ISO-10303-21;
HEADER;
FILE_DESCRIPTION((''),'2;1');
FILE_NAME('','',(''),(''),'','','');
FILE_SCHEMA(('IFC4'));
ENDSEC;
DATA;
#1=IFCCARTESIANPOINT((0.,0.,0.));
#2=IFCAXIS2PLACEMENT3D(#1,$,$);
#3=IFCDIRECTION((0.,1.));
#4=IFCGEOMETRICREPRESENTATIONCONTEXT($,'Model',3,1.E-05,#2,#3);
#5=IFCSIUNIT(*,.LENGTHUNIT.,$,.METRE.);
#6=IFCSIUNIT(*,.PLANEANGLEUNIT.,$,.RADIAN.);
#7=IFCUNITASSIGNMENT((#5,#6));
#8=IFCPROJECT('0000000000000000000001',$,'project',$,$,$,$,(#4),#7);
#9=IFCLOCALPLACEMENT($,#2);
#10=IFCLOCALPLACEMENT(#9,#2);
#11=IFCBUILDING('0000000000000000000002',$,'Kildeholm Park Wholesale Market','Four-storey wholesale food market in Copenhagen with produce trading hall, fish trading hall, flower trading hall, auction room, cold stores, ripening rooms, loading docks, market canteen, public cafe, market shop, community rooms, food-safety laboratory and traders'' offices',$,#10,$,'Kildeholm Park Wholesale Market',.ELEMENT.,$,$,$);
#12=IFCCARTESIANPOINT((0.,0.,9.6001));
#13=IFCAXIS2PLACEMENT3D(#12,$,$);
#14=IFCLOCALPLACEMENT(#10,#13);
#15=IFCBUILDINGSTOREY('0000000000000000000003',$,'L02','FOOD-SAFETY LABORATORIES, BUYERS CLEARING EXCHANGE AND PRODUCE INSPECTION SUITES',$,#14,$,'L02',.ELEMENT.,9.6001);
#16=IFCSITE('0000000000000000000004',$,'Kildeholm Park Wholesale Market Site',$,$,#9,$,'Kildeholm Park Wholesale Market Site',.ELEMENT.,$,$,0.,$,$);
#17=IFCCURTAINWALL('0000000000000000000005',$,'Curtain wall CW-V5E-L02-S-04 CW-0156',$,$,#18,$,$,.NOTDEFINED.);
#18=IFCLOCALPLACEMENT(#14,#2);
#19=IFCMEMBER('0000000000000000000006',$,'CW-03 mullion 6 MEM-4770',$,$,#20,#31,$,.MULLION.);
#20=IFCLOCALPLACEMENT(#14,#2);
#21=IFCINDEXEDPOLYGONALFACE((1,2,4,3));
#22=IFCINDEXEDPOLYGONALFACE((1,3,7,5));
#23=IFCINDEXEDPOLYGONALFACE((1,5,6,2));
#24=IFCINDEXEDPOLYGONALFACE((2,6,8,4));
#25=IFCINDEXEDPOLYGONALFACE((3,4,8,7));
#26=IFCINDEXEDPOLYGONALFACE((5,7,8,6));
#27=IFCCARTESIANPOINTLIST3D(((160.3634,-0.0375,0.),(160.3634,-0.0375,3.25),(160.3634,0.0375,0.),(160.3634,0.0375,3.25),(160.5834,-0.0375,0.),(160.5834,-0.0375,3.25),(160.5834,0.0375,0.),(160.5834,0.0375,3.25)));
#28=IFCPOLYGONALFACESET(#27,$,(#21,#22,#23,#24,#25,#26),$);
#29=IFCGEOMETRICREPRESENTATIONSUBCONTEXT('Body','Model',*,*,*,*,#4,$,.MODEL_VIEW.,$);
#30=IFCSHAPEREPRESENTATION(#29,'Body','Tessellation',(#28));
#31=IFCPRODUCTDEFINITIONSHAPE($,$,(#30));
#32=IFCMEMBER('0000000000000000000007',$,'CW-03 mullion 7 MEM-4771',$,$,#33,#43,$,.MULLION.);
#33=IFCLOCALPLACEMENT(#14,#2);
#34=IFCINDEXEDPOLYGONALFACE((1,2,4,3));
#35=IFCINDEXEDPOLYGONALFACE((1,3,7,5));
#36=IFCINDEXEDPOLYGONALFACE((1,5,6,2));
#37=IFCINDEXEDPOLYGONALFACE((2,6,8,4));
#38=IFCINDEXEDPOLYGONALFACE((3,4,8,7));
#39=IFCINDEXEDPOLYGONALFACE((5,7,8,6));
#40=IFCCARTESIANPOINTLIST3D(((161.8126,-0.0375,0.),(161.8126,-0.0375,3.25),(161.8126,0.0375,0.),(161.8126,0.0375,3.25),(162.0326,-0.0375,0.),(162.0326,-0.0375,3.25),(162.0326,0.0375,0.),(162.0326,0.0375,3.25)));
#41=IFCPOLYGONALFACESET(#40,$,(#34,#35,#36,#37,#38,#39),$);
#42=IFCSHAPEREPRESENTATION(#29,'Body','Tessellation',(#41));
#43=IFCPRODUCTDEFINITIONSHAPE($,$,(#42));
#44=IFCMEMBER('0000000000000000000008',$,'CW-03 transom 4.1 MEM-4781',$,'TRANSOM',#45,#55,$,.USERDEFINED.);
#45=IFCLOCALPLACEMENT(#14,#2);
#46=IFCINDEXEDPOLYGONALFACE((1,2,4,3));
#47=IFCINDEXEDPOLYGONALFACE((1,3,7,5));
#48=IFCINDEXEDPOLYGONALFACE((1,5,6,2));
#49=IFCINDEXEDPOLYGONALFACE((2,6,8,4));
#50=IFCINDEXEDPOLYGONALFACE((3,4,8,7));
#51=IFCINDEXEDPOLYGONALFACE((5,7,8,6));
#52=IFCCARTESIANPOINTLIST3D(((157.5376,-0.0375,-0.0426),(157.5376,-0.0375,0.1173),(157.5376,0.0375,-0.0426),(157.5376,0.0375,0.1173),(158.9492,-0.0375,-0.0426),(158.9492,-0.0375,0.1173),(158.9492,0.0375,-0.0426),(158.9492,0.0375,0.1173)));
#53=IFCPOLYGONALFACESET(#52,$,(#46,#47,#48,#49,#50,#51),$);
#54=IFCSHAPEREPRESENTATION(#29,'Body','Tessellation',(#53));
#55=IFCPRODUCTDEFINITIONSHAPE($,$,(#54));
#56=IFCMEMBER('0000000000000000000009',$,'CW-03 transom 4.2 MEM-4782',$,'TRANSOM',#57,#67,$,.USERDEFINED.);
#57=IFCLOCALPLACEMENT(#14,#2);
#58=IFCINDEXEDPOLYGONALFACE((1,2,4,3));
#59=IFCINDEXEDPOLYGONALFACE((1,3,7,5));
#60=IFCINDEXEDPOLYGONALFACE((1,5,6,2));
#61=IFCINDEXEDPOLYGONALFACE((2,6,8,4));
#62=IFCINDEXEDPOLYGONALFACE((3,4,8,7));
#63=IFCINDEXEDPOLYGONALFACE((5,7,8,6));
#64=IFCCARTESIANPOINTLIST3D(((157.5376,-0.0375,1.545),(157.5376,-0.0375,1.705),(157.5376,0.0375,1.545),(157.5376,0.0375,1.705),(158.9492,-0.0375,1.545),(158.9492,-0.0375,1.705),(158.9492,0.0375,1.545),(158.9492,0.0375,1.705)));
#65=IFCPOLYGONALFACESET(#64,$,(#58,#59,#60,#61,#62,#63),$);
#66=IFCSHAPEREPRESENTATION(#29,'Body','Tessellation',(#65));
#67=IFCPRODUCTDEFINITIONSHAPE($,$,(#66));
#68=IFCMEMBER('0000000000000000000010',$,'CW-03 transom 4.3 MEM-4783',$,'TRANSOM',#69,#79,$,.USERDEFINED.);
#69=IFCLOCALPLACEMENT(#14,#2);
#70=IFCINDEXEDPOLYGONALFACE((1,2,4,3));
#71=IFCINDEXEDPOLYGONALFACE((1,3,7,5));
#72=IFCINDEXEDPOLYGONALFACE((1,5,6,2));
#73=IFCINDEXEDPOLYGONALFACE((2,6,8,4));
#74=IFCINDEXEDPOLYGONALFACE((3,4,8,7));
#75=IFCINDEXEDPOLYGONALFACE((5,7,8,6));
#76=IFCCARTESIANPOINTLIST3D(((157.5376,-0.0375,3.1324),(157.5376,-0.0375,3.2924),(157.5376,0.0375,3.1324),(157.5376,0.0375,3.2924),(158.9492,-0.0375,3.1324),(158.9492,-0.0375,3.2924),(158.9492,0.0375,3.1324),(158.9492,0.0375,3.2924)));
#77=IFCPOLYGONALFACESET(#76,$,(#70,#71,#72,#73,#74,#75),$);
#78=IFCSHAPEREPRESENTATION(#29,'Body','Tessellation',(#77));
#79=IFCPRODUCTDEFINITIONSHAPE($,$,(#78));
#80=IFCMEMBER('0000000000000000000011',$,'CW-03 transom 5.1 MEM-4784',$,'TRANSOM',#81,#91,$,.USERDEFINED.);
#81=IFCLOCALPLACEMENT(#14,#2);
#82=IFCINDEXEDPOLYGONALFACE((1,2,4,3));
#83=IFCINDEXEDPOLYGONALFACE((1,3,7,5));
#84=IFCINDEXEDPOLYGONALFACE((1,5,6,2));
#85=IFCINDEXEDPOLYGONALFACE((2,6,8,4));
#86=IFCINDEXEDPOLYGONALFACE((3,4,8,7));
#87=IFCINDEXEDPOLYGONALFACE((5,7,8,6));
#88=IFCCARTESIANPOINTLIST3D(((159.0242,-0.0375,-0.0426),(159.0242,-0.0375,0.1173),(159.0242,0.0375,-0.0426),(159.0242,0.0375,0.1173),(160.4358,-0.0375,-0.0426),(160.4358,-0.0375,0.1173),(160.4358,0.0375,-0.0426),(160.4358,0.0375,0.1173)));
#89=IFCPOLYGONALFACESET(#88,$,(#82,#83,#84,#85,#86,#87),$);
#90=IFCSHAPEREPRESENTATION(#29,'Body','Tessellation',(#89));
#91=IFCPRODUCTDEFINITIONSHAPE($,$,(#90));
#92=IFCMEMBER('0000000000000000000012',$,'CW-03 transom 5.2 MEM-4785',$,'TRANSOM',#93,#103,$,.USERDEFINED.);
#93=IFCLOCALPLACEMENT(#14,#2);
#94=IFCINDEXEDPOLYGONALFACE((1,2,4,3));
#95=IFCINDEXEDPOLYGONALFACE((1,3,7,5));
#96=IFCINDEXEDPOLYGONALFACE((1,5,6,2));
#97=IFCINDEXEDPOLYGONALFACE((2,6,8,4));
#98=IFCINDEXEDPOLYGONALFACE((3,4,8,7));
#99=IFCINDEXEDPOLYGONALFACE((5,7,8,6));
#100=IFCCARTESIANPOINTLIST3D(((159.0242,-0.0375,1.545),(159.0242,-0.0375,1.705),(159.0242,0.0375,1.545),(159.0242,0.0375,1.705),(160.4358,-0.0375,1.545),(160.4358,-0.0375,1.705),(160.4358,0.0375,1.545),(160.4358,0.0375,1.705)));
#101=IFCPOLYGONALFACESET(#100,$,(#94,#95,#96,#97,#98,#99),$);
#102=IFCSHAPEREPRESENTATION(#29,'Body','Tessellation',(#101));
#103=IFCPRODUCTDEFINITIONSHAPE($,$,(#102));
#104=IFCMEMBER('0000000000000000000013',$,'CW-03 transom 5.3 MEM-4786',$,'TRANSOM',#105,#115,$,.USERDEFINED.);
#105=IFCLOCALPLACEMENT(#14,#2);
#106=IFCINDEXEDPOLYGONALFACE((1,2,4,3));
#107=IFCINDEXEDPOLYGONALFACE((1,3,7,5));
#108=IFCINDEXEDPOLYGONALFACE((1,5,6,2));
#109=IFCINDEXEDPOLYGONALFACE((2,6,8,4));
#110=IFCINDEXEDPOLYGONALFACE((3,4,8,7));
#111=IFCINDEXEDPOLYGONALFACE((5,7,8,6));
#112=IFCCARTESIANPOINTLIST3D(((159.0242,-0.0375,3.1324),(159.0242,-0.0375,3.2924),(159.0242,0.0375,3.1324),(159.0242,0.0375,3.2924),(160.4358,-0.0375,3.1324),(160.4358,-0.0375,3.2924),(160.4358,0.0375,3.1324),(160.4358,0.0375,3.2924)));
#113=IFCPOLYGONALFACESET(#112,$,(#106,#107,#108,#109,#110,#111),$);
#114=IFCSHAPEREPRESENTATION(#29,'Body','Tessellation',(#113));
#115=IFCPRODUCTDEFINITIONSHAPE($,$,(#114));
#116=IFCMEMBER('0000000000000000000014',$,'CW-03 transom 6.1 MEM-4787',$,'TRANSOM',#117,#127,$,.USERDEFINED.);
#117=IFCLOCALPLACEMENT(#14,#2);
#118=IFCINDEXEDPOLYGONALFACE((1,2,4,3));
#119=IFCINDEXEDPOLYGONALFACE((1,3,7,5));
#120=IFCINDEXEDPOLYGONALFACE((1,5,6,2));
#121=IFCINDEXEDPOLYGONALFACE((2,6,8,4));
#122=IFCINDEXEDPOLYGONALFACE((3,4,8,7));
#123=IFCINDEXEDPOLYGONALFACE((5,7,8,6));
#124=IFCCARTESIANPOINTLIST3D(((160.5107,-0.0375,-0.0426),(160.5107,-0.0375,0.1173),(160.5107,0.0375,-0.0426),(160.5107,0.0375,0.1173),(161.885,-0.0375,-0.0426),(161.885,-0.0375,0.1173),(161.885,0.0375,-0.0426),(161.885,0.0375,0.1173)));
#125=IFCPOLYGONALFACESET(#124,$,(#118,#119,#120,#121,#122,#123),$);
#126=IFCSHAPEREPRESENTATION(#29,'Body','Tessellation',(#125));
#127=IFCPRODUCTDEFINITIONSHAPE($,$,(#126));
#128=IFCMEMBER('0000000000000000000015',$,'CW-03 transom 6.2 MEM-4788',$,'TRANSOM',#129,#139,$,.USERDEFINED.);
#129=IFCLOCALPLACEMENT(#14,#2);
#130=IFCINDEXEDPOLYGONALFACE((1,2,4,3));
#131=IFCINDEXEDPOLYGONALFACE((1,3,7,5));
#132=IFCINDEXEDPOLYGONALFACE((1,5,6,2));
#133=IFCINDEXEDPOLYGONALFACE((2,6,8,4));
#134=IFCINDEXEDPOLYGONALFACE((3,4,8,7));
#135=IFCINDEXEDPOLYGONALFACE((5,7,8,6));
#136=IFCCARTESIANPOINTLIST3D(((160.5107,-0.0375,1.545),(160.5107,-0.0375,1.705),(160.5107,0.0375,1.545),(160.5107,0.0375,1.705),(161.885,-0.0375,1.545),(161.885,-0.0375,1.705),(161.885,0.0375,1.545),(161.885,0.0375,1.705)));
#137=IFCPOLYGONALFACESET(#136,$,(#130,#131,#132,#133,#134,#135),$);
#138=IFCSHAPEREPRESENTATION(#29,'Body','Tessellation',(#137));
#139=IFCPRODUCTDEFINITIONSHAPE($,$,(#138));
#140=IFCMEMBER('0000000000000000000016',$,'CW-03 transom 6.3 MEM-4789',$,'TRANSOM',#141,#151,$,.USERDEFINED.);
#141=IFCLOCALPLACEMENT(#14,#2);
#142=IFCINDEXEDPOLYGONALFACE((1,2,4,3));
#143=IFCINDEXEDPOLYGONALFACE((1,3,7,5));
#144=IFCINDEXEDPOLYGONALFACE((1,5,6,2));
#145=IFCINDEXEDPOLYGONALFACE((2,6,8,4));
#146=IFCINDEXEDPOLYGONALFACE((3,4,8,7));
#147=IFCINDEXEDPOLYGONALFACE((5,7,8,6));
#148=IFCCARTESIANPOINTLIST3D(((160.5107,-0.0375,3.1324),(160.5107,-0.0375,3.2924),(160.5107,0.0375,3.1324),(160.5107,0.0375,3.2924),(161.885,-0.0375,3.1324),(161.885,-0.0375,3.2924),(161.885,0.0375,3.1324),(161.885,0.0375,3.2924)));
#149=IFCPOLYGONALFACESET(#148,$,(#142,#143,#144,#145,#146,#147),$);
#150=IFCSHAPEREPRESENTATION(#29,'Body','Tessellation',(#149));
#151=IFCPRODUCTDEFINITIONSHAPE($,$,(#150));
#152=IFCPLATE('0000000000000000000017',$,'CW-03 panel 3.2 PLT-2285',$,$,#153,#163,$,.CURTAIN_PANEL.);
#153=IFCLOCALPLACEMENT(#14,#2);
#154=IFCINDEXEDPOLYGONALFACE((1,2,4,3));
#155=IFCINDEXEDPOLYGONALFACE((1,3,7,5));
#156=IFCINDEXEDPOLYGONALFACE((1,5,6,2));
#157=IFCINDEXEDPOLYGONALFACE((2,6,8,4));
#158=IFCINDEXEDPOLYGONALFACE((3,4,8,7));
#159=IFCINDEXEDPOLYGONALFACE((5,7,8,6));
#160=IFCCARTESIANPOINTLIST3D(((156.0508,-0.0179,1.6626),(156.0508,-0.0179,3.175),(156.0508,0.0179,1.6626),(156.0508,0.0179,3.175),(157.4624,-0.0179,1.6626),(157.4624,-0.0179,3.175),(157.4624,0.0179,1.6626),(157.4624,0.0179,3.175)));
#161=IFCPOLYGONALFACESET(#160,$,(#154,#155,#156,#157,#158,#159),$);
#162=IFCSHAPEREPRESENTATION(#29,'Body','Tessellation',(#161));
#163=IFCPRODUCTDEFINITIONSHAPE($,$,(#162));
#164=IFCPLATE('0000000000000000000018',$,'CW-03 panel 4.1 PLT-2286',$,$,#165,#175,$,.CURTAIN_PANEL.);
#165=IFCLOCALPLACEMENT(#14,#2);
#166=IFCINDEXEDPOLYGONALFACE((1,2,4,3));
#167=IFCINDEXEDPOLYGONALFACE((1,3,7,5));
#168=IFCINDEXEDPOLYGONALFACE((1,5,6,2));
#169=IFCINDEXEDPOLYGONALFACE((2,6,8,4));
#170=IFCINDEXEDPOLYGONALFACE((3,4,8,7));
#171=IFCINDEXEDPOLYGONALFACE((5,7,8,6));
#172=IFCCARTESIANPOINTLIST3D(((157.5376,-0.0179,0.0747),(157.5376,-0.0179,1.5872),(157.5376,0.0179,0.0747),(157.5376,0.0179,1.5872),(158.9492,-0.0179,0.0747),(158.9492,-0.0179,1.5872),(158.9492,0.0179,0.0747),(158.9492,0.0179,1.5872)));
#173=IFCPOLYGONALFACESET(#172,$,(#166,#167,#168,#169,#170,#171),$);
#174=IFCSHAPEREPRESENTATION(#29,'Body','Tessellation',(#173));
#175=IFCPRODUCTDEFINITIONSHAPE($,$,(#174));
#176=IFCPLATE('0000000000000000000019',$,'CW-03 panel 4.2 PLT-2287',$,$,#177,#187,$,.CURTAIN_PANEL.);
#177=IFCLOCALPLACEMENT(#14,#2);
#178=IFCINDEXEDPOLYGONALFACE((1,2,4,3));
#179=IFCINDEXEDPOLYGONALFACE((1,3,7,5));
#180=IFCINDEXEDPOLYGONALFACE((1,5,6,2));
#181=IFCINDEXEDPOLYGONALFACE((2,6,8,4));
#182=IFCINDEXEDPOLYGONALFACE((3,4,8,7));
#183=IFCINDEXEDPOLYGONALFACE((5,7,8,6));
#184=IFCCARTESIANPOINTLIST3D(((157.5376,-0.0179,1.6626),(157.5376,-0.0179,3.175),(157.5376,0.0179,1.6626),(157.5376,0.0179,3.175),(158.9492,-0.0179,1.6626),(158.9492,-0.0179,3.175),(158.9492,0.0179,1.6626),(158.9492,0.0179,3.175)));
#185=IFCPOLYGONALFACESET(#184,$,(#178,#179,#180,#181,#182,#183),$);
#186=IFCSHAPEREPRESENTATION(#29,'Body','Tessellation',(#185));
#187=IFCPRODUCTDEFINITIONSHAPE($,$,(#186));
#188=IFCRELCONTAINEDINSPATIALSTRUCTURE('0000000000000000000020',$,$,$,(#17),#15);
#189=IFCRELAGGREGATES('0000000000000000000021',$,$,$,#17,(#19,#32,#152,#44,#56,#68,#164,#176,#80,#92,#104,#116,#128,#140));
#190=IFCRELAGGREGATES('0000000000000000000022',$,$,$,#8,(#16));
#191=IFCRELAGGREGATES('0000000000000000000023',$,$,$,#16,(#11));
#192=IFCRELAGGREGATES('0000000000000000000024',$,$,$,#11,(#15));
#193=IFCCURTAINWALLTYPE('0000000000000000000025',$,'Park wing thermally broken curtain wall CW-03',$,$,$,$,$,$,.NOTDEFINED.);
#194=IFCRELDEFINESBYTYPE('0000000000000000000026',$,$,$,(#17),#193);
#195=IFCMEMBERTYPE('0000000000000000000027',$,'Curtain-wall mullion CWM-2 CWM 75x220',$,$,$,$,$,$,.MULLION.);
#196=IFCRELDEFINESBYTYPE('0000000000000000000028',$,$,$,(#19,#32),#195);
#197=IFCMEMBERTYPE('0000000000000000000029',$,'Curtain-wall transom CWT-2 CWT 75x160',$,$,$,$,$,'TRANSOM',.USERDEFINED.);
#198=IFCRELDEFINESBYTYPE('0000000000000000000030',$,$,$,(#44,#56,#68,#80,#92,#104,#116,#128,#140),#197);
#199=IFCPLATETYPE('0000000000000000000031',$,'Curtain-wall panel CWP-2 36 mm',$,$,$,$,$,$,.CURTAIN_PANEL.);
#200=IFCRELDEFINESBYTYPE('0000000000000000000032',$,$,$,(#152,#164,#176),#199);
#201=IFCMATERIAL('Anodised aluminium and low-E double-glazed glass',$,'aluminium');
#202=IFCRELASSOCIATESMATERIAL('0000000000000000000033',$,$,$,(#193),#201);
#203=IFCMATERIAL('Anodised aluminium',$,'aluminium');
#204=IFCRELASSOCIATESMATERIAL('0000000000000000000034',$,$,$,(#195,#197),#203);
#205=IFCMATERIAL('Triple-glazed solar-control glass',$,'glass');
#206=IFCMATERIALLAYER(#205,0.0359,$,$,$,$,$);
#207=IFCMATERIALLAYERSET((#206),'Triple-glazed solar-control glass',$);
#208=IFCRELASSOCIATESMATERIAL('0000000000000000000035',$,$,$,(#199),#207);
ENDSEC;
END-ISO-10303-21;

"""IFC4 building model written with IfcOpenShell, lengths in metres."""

from ifc_helpers import new_model, si_unit, direction, frame, origin, origin_2d, place, context, subcontext, project, spatial, rectangle, extrude, material, layer, layer_set, material_profile, profile_set, type_object, element, aggregate, save


model = new_model("IFC4")

# Units and contexts
model_context = context("Model", 3, precision=1e-05, world=origin(), true_north=direction((0.0, 1.0)))
body_context = subcontext(model_context, "Body", "Model", "MODEL_VIEW")
ifc_project = project(units=[si_unit("LENGTHUNIT", "METRE"), si_unit("PLANEANGLEUNIT", "RADIAN")], contexts=[model_context])

# Site, building, storey
site_placement = place(None, origin())
site = spatial("IfcSite", under=ifc_project, at=site_placement, Name="Kildeholm Park Wholesale Market Site", LongName="Kildeholm Park Wholesale Market Site", CompositionType="ELEMENT", RefElevation=0.0)
building_placement = place(site_placement, origin())
building = spatial("IfcBuilding", under=site, at=building_placement, Name="Kildeholm Park Wholesale Market", Description="Four-storey wholesale food market in Copenhagen with produce trading hall, fish trading hall, flower trading hall, auction room, cold stores, ripening rooms, loading docks, market canteen, public cafe, market shop, community rooms, food-safety laboratory and traders' offices", LongName="Kildeholm Park Wholesale Market", CompositionType="ELEMENT")
storey_placement = place(building_placement, frame((0.0, 0.0, 9.6001)))
storey = spatial("IfcBuildingStorey", under=building, at=storey_placement, Name="L02", Description="FOOD-SAFETY LABORATORIES, BUYERS CLEARING EXCHANGE AND PRODUCE INSPECTION SUITES", LongName="L02", CompositionType="ELEMENT", Elevation=9.6001)

# Curtain wall, members, plates
ifc_material_1 = material(Name="Anodised aluminium and low-E double-glazed glass", Category="aluminium")
curtain_wall_type = type_object("IfcCurtainWallType", Name="Park wing thermally broken curtain wall CW-03", PredefinedType="NOTDEFINED", material=ifc_material_1)
curtain_wall_placement = place(storey_placement, origin())
curtain_wall = element("IfcCurtainWall", 1, at=curtain_wall_placement, inside=storey, type_object=curtain_wall_type, Name="Curtain wall CW-V5E-L02-S-04 CW-0156", PredefinedType="NOTDEFINED")
ifc_material_2 = material(Name="Anodised aluminium", Category="aluminium")
ifc_material_profile_1 = material_profile(ifc_material_2, rectangle(XDim=0.075, YDim=0.22, at=origin_2d()), Name="CWM 75x220")
ifc_profile_set_1 = profile_set([ifc_material_profile_1], Name="Anodised aluminium")
member_type_1 = type_object("IfcMemberType", Name="Curtain-wall mullion CWM-2 CWM 75x220", PredefinedType="MULLION", material=ifc_profile_set_1)
member_1_placement = place(storey_placement, frame((160.4734, 0.0, 0.0), z_axis=(0.0, 0.0, 1.0), x_axis=(0.0, 1.0, 0.0)))
member_1 = element("IfcMember", 2, at=member_1_placement, type_object=member_type_1, Name="CW-03 mullion 6 MEM-4770", PredefinedType="MULLION", context=body_context, shape_type="SweptSolid", body=[
    extrude(rectangle(XDim=0.075, YDim=0.22, at=origin_2d()), origin(), (0.0, 0.0, 1.0), 3.25),
])
member_2_placement = place(storey_placement, frame((161.9226, 0.0, 0.0), z_axis=(0.0, 0.0, 1.0), x_axis=(0.0, 1.0, 0.0)))
member_2 = element("IfcMember", 3, at=member_2_placement, type_object=member_type_1, Name="CW-03 mullion 7 MEM-4771", PredefinedType="MULLION", context=body_context, shape_type="SweptSolid", body=[
    extrude(rectangle(XDim=0.075, YDim=0.22, at=origin_2d()), origin(), (0.0, 0.0, 1.0), 3.25),
])
ifc_material_profile_2 = material_profile(ifc_material_2, rectangle(XDim=0.075, YDim=0.1599, at=origin_2d()), Name="CWT 75x160")
ifc_profile_set_2 = profile_set([ifc_material_profile_2], Name="Anodised aluminium")
member_type_2 = type_object("IfcMemberType", Name="Curtain-wall transom CWT-2 CWT 75x160", ElementType="TRANSOM", PredefinedType="USERDEFINED", material=ifc_profile_set_2)
member_3_placement = place(storey_placement, frame((157.5376, 0.0, 0.0374), z_axis=(1.0, 0.0, 0.0), x_axis=(0.0, 1.0, 0.0)))
member_3 = element("IfcMember", 4, at=member_3_placement, type_object=member_type_2, Name="CW-03 transom 4.1 MEM-4781", ObjectType="TRANSOM", PredefinedType="USERDEFINED", context=body_context, shape_type="SweptSolid", body=[
    extrude(rectangle(XDim=0.075, YDim=0.1599, at=origin_2d()), origin(), (0.0, 0.0, 1.0), 1.4116),
])
member_4_placement = place(storey_placement, frame((157.5376, 0.0, 1.625), z_axis=(1.0, 0.0, 0.0), x_axis=(0.0, 1.0, 0.0)))
member_4 = element("IfcMember", 5, at=member_4_placement, type_object=member_type_2, Name="CW-03 transom 4.2 MEM-4782", ObjectType="TRANSOM", PredefinedType="USERDEFINED", context=body_context, shape_type="SweptSolid", body=[
    extrude(rectangle(XDim=0.075, YDim=0.1599, at=origin_2d()), origin(), (0.0, 0.0, 1.0), 1.4116),
])
member_5_placement = place(storey_placement, frame((157.5376, 0.0, 3.2124), z_axis=(1.0, 0.0, 0.0), x_axis=(0.0, 1.0, 0.0)))
member_5 = element("IfcMember", 6, at=member_5_placement, type_object=member_type_2, Name="CW-03 transom 4.3 MEM-4783", ObjectType="TRANSOM", PredefinedType="USERDEFINED", context=body_context, shape_type="SweptSolid", body=[
    extrude(rectangle(XDim=0.075, YDim=0.1599, at=origin_2d()), origin(), (0.0, 0.0, 1.0), 1.4116),
])
member_6_placement = place(storey_placement, frame((159.0242, 0.0, 0.0374), z_axis=(1.0, 0.0, 0.0), x_axis=(0.0, 1.0, 0.0)))
member_6 = element("IfcMember", 7, at=member_6_placement, type_object=member_type_2, Name="CW-03 transom 5.1 MEM-4784", ObjectType="TRANSOM", PredefinedType="USERDEFINED", context=body_context, shape_type="SweptSolid", body=[
    extrude(rectangle(XDim=0.075, YDim=0.1599, at=origin_2d()), origin(), (0.0, 0.0, 1.0), 1.4116),
])
member_7_placement = place(storey_placement, frame((159.0242, 0.0, 1.625), z_axis=(1.0, 0.0, 0.0), x_axis=(0.0, 1.0, 0.0)))
member_7 = element("IfcMember", 8, at=member_7_placement, type_object=member_type_2, Name="CW-03 transom 5.2 MEM-4785", ObjectType="TRANSOM", PredefinedType="USERDEFINED", context=body_context, shape_type="SweptSolid", body=[
    extrude(rectangle(XDim=0.075, YDim=0.1599, at=origin_2d()), origin(), (0.0, 0.0, 1.0), 1.4116),
])
member_8_placement = place(storey_placement, frame((159.0242, 0.0, 3.2124), z_axis=(1.0, 0.0, 0.0), x_axis=(0.0, 1.0, 0.0)))
member_8 = element("IfcMember", 9, at=member_8_placement, type_object=member_type_2, Name="CW-03 transom 5.3 MEM-4786", ObjectType="TRANSOM", PredefinedType="USERDEFINED", context=body_context, shape_type="SweptSolid", body=[
    extrude(rectangle(XDim=0.075, YDim=0.1599, at=origin_2d()), origin(), (0.0, 0.0, 1.0), 1.4116),
])
member_9_placement = place(storey_placement, frame((160.5107, 0.0, 0.0374), z_axis=(1.0, 0.0, 0.0), x_axis=(0.0, 1.0, 0.0)))
member_9 = element("IfcMember", 10, at=member_9_placement, type_object=member_type_2, Name="CW-03 transom 6.1 MEM-4787", ObjectType="TRANSOM", PredefinedType="USERDEFINED", context=body_context, shape_type="SweptSolid", body=[
    extrude(rectangle(XDim=0.075, YDim=0.1599, at=origin_2d()), origin(), (0.0, 0.0, 1.0), 1.3743),
])
member_10_placement = place(storey_placement, frame((160.5107, 0.0, 1.625), z_axis=(1.0, 0.0, 0.0), x_axis=(0.0, 1.0, 0.0)))
member_10 = element("IfcMember", 11, at=member_10_placement, type_object=member_type_2, Name="CW-03 transom 6.2 MEM-4788", ObjectType="TRANSOM", PredefinedType="USERDEFINED", context=body_context, shape_type="SweptSolid", body=[
    extrude(rectangle(XDim=0.075, YDim=0.1599, at=origin_2d()), origin(), (0.0, 0.0, 1.0), 1.3743),
])
member_11_placement = place(storey_placement, frame((160.5107, 0.0, 3.2124), z_axis=(1.0, 0.0, 0.0), x_axis=(0.0, 1.0, 0.0)))
member_11 = element("IfcMember", 12, at=member_11_placement, type_object=member_type_2, Name="CW-03 transom 6.3 MEM-4789", ObjectType="TRANSOM", PredefinedType="USERDEFINED", context=body_context, shape_type="SweptSolid", body=[
    extrude(rectangle(XDim=0.075, YDim=0.1599, at=origin_2d()), origin(), (0.0, 0.0, 1.0), 1.3743),
])
ifc_material_3 = material(Name="Triple-glazed solar-control glass", Category="glass")
ifc_layer_1 = layer(ifc_material_3, 0.0359)
ifc_layer_set_1 = layer_set([ifc_layer_1], Name="Triple-glazed solar-control glass")
plate_type = type_object("IfcPlateType", Name="Curtain-wall panel CWP-2 36 mm", PredefinedType="CURTAIN_PANEL", material=ifc_layer_set_1)
plate_1_placement = place(storey_placement, frame((156.7566, 0.0, 1.6626), z_axis=(0.0, 0.0, 1.0), x_axis=(1.0, 0.0, 0.0)))
plate_1 = element("IfcPlate", 13, at=plate_1_placement, type_object=plate_type, Name="CW-03 panel 3.2 PLT-2285", PredefinedType="CURTAIN_PANEL", context=body_context, shape_type="SweptSolid", body=[
    extrude(rectangle(XDim=1.4116, YDim=0.0359, at=origin_2d()), origin(), (0.0, 0.0, 1.0), 1.5125),
])
plate_2_placement = place(storey_placement, frame((158.2434, 0.0, 0.0747), z_axis=(0.0, 0.0, 1.0), x_axis=(1.0, 0.0, 0.0)))
plate_2 = element("IfcPlate", 14, at=plate_2_placement, type_object=plate_type, Name="CW-03 panel 4.1 PLT-2286", PredefinedType="CURTAIN_PANEL", context=body_context, shape_type="SweptSolid", body=[
    extrude(rectangle(XDim=1.4116, YDim=0.0359, at=origin_2d()), origin(), (0.0, 0.0, 1.0), 1.5125),
])
plate_3_placement = place(storey_placement, frame((158.2434, 0.0, 1.6626), z_axis=(0.0, 0.0, 1.0), x_axis=(1.0, 0.0, 0.0)))
plate_3 = element("IfcPlate", 15, at=plate_3_placement, type_object=plate_type, Name="CW-03 panel 4.2 PLT-2287", PredefinedType="CURTAIN_PANEL", context=body_context, shape_type="SweptSolid", body=[
    extrude(rectangle(XDim=1.4116, YDim=0.0359, at=origin_2d()), origin(), (0.0, 0.0, 1.0), 1.5125),
])
aggregate(curtain_wall, [member_1, member_2, plate_1, member_3, member_4, member_5, plate_2, plate_3, member_6, member_7, member_8, member_9, member_10, member_11])

save(model, "model.ifc")
